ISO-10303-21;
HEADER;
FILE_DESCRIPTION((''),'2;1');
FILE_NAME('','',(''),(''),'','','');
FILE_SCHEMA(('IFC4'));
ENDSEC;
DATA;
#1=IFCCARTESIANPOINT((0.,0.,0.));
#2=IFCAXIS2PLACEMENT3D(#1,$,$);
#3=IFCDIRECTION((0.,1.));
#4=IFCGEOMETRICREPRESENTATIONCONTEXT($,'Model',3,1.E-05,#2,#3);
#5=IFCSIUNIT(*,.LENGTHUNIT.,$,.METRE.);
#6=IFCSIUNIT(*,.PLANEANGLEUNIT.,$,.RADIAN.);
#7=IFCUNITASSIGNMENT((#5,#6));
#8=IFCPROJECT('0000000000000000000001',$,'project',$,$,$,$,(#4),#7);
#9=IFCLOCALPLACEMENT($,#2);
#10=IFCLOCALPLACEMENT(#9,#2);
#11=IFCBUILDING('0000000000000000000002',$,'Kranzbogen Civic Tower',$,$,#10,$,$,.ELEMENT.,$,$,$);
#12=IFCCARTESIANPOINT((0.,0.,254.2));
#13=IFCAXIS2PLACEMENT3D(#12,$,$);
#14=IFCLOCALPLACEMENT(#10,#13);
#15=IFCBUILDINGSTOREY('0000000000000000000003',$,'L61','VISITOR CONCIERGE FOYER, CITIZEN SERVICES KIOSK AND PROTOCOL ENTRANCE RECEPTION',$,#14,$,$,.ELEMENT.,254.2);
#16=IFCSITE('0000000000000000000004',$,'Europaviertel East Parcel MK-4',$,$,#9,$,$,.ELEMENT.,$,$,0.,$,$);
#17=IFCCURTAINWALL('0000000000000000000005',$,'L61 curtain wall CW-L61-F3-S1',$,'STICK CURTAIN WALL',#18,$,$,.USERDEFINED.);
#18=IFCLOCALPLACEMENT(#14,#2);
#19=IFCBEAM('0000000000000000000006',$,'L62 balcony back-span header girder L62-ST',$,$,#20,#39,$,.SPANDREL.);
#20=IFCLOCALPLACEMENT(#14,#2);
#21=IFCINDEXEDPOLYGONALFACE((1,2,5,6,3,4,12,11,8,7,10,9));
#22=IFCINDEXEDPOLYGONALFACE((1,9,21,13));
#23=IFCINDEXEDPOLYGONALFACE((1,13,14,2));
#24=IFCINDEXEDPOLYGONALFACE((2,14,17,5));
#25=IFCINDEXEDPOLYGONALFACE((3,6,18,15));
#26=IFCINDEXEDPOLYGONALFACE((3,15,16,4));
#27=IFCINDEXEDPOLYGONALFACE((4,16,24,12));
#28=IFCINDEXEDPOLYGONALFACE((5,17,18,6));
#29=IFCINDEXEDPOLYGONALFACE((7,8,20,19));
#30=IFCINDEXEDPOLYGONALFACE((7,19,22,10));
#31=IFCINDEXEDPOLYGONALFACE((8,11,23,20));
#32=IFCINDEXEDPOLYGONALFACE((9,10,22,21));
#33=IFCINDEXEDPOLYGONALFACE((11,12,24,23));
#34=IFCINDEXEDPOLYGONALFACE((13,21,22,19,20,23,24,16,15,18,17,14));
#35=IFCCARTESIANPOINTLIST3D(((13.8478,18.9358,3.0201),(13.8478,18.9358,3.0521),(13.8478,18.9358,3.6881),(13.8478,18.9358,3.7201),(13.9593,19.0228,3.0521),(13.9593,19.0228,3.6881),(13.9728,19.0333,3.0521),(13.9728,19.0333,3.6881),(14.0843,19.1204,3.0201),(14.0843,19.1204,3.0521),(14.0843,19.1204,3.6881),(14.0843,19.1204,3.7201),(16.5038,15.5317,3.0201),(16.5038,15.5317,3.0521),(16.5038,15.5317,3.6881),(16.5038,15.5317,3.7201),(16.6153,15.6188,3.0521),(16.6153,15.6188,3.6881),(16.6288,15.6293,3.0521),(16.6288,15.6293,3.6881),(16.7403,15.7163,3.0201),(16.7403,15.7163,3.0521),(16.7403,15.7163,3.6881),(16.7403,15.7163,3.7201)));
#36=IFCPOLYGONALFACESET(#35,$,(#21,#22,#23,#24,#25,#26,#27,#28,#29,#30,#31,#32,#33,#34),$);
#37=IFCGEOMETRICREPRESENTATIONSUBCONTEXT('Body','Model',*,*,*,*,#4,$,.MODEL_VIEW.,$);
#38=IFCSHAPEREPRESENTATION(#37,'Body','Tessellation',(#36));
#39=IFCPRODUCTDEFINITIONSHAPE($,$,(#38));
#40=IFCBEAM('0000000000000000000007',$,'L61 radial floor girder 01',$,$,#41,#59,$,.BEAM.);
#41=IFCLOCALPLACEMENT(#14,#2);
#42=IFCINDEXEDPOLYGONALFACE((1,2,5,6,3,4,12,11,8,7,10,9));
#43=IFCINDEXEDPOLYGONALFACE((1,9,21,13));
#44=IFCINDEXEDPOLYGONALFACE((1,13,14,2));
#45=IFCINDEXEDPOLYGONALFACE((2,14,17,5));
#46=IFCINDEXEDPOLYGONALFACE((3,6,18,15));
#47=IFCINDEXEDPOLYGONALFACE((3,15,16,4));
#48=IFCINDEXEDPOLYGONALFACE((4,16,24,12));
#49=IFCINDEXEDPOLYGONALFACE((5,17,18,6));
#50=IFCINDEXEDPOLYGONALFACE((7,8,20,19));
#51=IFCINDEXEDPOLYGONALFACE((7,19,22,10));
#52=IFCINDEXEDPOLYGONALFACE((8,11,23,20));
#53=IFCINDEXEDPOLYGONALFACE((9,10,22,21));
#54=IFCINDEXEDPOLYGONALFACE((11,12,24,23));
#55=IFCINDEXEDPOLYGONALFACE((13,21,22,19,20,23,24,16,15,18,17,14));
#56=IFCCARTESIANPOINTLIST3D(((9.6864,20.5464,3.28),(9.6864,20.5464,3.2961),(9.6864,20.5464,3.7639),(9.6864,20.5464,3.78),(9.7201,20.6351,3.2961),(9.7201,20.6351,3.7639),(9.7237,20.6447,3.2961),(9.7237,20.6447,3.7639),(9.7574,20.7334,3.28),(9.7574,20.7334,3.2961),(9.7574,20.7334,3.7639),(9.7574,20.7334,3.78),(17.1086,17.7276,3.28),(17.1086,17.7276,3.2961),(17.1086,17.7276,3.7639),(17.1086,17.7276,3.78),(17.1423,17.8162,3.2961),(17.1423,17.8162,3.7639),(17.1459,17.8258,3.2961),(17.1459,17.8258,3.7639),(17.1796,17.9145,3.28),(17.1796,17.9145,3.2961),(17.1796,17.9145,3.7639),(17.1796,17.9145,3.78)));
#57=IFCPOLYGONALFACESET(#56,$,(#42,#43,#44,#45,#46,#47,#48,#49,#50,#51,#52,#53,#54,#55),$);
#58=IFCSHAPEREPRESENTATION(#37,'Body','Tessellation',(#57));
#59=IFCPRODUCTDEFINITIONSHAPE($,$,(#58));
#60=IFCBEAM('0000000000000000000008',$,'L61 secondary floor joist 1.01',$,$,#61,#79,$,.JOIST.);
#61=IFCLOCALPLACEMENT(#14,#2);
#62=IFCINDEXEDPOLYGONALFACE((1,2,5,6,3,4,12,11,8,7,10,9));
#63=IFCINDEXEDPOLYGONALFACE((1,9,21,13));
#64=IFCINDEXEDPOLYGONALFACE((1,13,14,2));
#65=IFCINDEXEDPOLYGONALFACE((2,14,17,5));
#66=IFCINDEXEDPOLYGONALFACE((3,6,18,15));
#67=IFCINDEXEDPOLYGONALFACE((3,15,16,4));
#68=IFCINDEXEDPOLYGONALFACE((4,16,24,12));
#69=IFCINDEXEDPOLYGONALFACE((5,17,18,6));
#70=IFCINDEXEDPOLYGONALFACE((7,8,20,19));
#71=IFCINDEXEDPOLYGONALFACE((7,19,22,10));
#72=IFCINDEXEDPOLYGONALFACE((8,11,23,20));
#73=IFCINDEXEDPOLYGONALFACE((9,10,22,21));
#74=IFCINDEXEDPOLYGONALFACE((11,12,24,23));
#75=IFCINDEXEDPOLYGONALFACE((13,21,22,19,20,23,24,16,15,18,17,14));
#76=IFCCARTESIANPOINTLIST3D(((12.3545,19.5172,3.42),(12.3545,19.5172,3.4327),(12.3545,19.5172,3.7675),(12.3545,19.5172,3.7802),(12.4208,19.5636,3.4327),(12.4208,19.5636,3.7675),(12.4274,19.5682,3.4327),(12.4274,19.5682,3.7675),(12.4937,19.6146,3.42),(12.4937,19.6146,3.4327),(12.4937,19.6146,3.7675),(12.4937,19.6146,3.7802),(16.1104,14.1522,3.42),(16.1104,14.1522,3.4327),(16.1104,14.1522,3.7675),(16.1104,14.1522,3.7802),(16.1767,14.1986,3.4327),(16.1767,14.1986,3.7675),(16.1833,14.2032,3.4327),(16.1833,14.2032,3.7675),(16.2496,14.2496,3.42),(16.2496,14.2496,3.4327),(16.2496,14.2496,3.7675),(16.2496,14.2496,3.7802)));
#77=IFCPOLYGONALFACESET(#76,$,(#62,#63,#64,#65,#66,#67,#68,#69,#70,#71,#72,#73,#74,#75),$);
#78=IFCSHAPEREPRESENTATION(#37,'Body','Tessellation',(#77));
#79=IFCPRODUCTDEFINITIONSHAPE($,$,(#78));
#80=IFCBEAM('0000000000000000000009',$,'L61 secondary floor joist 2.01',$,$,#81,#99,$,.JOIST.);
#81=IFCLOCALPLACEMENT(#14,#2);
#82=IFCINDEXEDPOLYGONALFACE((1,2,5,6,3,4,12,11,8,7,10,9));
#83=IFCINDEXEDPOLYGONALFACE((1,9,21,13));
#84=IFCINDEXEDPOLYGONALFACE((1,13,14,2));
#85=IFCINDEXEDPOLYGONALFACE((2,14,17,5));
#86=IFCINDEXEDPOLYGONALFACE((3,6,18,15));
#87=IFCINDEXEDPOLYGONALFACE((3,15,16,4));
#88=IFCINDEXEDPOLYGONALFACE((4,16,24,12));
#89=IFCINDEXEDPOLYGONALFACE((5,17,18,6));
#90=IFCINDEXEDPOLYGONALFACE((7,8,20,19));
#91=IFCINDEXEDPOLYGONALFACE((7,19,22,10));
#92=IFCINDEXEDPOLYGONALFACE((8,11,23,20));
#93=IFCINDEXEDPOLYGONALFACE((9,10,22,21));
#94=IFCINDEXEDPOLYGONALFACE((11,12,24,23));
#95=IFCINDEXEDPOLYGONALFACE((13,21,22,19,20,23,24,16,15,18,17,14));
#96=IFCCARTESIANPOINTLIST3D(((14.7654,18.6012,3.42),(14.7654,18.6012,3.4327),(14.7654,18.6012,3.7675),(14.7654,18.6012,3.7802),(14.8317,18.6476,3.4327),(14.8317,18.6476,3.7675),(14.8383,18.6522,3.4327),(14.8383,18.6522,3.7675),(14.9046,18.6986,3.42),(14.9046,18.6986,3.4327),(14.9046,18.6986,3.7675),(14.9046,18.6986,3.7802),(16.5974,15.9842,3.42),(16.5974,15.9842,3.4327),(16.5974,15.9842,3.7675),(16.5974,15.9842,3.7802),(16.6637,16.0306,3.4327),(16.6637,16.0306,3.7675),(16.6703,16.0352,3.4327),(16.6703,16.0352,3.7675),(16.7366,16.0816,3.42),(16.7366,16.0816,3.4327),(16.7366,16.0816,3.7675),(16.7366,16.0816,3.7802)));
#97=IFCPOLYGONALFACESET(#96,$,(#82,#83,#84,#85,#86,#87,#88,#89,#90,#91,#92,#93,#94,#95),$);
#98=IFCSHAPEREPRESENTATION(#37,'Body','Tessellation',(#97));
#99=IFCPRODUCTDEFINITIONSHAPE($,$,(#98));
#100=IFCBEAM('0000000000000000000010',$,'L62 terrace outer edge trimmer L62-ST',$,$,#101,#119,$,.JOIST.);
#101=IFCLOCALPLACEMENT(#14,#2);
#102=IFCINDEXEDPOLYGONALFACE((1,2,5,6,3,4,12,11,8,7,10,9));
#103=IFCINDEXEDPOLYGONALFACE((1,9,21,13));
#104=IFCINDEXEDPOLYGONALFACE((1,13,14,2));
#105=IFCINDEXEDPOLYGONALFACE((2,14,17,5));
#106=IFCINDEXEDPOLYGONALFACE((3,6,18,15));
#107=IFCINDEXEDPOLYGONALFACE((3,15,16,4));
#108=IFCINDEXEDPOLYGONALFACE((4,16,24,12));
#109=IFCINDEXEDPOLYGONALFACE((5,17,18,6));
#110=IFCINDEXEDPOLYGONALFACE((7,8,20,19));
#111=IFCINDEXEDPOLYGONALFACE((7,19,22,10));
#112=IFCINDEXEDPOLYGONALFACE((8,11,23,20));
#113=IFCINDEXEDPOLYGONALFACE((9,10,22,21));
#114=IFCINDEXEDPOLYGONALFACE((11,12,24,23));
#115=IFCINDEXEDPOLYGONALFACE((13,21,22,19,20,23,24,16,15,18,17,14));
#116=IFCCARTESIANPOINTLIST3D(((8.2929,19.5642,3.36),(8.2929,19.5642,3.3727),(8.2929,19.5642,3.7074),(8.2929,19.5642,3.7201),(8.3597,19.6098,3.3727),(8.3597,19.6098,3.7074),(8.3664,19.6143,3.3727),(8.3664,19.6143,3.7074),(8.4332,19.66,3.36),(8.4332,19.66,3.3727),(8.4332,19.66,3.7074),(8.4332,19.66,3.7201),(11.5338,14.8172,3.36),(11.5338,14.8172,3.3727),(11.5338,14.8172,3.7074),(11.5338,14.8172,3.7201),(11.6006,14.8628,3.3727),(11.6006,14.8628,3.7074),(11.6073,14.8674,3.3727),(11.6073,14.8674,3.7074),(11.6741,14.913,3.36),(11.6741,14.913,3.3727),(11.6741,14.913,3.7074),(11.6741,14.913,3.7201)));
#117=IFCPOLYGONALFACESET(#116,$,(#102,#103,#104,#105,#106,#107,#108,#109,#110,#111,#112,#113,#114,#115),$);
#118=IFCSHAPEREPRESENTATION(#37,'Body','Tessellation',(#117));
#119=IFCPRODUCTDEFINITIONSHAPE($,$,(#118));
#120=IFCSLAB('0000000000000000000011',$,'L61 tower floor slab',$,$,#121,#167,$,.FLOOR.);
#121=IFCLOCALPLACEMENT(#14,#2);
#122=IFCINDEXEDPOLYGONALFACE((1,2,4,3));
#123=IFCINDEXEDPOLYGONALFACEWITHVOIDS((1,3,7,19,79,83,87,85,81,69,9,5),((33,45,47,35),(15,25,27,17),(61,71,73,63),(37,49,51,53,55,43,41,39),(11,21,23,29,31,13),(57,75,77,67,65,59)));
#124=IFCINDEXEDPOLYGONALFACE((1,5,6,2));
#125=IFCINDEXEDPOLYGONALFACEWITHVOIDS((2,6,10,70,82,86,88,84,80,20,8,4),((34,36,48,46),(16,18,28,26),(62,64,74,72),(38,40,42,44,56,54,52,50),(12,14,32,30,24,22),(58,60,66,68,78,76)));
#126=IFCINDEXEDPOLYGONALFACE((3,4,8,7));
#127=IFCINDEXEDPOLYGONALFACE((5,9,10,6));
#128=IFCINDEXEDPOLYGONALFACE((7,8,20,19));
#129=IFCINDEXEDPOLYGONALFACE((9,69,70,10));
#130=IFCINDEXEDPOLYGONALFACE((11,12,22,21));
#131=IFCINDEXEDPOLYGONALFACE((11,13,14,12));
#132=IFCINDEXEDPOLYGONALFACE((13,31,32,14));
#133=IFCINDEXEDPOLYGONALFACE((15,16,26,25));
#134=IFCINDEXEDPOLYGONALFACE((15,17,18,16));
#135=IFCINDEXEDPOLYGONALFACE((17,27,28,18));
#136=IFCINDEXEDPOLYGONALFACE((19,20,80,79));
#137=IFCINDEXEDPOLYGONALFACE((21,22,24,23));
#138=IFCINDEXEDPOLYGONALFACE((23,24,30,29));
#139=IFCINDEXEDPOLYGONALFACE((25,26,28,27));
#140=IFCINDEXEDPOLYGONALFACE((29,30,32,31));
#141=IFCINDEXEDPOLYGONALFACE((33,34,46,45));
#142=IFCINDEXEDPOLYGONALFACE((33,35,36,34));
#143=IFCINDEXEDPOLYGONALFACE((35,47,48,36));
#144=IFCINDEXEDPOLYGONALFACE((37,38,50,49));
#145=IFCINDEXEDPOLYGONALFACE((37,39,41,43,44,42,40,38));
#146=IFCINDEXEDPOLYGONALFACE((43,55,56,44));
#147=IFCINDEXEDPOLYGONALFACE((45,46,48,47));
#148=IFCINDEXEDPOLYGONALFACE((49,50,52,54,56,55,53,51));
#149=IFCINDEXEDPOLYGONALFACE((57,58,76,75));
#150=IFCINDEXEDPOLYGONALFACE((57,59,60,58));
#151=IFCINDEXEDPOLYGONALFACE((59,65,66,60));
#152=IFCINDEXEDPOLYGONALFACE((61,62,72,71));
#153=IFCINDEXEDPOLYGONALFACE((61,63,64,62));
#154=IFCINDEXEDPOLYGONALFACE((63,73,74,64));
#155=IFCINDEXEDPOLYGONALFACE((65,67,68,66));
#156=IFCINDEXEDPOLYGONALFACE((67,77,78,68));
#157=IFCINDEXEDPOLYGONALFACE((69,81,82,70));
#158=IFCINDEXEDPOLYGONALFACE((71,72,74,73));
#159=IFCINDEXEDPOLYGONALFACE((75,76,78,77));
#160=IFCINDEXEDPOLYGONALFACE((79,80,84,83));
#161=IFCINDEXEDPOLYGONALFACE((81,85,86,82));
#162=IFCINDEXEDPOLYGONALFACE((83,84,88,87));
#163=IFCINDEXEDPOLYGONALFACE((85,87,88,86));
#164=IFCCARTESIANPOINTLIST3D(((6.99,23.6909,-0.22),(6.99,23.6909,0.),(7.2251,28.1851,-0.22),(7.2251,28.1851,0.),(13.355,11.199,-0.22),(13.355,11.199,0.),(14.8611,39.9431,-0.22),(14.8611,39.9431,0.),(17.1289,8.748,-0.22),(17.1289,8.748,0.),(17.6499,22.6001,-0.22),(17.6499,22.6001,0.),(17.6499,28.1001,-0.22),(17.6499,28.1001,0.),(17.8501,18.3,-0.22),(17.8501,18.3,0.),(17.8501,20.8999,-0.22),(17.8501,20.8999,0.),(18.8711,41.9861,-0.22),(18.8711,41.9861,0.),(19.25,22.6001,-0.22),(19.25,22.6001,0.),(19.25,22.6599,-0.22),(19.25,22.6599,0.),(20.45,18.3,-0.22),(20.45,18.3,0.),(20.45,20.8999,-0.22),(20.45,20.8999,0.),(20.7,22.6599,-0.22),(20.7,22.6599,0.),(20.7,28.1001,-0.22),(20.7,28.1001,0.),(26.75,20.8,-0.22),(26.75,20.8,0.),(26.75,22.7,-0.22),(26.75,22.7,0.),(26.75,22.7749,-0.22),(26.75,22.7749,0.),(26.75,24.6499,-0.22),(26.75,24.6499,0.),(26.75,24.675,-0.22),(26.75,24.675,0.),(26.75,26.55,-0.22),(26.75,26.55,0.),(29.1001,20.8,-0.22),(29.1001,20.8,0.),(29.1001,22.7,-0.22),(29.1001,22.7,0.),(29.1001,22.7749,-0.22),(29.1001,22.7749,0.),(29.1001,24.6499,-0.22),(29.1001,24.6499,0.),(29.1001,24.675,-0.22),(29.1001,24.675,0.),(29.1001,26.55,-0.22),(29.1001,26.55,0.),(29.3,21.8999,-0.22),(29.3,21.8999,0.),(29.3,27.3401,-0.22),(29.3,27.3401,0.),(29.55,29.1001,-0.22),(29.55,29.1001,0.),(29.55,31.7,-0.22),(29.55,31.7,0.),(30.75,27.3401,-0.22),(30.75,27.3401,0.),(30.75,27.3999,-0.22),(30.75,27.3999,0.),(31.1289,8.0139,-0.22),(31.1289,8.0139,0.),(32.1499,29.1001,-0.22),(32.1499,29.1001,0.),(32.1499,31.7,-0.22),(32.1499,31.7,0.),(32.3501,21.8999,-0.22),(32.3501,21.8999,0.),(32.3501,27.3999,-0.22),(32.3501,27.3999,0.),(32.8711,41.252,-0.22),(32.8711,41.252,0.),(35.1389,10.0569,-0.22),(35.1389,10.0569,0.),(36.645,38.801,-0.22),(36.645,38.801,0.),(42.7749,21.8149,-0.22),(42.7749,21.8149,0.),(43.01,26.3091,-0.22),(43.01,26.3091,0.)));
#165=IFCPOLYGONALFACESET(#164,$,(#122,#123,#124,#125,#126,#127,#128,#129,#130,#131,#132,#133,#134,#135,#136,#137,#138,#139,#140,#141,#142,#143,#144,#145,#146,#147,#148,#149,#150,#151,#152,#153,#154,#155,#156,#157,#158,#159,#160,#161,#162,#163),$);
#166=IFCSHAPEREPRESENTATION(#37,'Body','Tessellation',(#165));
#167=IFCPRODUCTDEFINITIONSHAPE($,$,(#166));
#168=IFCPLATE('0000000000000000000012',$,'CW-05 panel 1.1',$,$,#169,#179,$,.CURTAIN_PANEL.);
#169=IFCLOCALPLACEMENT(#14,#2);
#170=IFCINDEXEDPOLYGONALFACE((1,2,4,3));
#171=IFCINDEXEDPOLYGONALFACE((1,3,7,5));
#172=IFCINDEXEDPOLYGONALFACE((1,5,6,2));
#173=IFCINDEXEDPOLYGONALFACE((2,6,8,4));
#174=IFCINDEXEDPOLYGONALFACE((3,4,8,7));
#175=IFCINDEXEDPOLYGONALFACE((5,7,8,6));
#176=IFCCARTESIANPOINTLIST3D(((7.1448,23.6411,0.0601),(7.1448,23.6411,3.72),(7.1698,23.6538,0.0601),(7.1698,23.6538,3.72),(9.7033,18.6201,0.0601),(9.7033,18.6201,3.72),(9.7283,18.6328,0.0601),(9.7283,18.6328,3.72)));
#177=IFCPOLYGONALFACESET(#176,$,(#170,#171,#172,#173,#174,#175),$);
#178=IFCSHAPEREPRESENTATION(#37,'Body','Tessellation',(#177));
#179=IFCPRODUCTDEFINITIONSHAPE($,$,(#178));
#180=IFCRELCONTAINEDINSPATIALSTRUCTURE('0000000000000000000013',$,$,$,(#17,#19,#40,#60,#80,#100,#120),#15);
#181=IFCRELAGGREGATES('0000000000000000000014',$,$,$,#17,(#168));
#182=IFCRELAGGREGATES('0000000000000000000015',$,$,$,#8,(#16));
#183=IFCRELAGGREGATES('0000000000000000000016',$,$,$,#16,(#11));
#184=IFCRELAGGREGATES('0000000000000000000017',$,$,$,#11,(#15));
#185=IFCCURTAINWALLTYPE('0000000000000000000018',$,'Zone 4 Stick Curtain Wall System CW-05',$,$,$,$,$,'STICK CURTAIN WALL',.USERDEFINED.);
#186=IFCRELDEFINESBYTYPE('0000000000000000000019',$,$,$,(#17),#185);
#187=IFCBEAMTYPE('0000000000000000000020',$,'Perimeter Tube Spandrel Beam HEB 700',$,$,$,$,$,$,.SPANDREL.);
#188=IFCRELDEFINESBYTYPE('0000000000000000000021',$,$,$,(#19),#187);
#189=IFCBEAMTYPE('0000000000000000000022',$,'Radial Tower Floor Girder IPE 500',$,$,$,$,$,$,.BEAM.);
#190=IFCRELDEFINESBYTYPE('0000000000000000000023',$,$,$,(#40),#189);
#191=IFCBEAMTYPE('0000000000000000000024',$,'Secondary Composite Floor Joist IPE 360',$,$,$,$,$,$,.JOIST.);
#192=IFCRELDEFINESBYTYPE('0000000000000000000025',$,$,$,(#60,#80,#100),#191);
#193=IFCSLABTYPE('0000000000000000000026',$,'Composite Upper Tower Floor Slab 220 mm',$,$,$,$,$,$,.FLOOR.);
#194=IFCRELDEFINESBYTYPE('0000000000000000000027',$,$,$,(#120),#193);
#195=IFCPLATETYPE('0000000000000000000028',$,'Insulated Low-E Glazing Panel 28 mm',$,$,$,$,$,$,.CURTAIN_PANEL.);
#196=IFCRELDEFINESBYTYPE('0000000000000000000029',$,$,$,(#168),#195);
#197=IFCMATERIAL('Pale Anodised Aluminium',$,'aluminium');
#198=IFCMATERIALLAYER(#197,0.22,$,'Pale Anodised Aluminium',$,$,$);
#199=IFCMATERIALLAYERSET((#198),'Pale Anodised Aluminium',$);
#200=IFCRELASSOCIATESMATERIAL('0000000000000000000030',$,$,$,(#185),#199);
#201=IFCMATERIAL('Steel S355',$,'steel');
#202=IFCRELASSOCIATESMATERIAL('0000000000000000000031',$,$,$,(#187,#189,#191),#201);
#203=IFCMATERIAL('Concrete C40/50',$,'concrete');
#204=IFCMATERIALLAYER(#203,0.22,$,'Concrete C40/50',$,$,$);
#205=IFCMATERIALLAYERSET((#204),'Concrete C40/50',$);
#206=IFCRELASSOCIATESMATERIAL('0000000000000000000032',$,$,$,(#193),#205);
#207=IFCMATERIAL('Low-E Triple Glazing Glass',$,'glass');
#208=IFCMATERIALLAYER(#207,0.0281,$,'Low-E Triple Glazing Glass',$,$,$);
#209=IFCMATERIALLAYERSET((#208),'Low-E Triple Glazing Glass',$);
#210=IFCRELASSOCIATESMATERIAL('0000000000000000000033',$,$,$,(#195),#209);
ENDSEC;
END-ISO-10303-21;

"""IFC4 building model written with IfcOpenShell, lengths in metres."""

from ifc_helpers import new_model, si_unit, direction, frame, origin, origin_2d, place, context, subcontext, project, spatial, polyline, rectangle, i_section, outline, extrude, material, layer, layer_set, material_profile, profile_set, type_object, element, aggregate, save


model = new_model("IFC4")

# Units and contexts
model_context = context("Model", 3, precision=1e-05, world=origin(), true_north=direction((0.0, 1.0)))
body_context = subcontext(model_context, "Body", "Model", "MODEL_VIEW")
ifc_project = project(units=[si_unit("LENGTHUNIT", "METRE"), si_unit("PLANEANGLEUNIT", "RADIAN")], contexts=[model_context])

# Site, building, storey
site_placement = place(None, origin())
site = spatial("IfcSite", under=ifc_project, at=site_placement, Name="Europaviertel East Parcel MK-4", CompositionType="ELEMENT", RefElevation=0.0)
building_placement = place(site_placement, origin())
building = spatial("IfcBuilding", under=site, at=building_placement, Name="Kranzbogen Civic Tower", CompositionType="ELEMENT")
storey_placement = place(building_placement, frame((0.0, 0.0, 254.2)))
storey = spatial("IfcBuildingStorey", under=building, at=storey_placement, Name="L61", Description="VISITOR CONCIERGE FOYER, CITIZEN SERVICES KIOSK AND PROTOCOL ENTRANCE RECEPTION", CompositionType="ELEMENT", Elevation=254.2)

# Shared definitions
ifc_material_1 = material(Name="Steel S355", Category="steel")

# Curtain wall
ifc_material_2 = material(Name="Pale Anodised Aluminium", Category="aluminium")
ifc_layer_1 = layer(ifc_material_2, 0.22, Name="Pale Anodised Aluminium")
ifc_layer_set_1 = layer_set([ifc_layer_1], Name="Pale Anodised Aluminium")
curtain_wall_type = type_object("IfcCurtainWallType", Name="Zone 4 Stick Curtain Wall System CW-05", ElementType="STICK CURTAIN WALL", PredefinedType="USERDEFINED", material=ifc_layer_set_1)
curtain_wall_1_placement = place(storey_placement, origin())
curtain_wall_1 = element("IfcCurtainWall", 1, at=curtain_wall_1_placement, inside=storey, type_object=curtain_wall_type, Name="L61 curtain wall CW-L61-F3-S1", ObjectType="STICK CURTAIN WALL", PredefinedType="USERDEFINED")

# Beams
ifc_material_profile_1 = material_profile(ifc_material_1, i_section(OverallWidth=0.3, OverallDepth=0.7, WebThickness=0.0171, FlangeThickness=0.032, at=origin_2d()), Name="HEB 700")
ifc_profile_set_1 = profile_set([ifc_material_profile_1], Name="Steel S355")
beam_type_1 = type_object("IfcBeamType", Name="Perimeter Tube Spandrel Beam HEB 700", PredefinedType="SPANDREL", material=ifc_profile_set_1)
beam_1_placement = place(storey_placement, frame((13.9661, 19.0281, 3.3701), z_axis=(0.615153, -0.788407, 0.0), x_axis=(0.788407, 0.615153, 0.0)))
element("IfcBeam", 2, at=beam_1_placement, inside=storey, type_object=beam_type_1, Name="L62 balcony back-span header girder L62-ST", PredefinedType="SPANDREL", context=body_context, shape_type="SweptSolid", body=[
    extrude(i_section(OverallWidth=0.3, OverallDepth=0.7, WebThickness=0.0171, FlangeThickness=0.032, at=origin_2d()), origin(), (0.0, 0.0, 1.0), 4.3176),
])
ifc_material_profile_2 = material_profile(ifc_material_1, i_section(OverallWidth=0.2, OverallDepth=0.5, WebThickness=0.0103, FlangeThickness=0.0161, at=origin_2d()), Name="IPE 500")
ifc_profile_set_2 = profile_set([ifc_material_profile_2], Name="Steel S355")
beam_type_2 = type_object("IfcBeamType", Name="Radial Tower Floor Girder IPE 500", PredefinedType="BEAM", material=ifc_profile_set_2)
beam_2_placement = place(storey_placement, frame((9.7219, 20.6399, 3.53), z_axis=(0.934849, -0.355046, 0.0), x_axis=(0.355046, 0.934849, 0.0)))
element("IfcBeam", 3, at=beam_2_placement, inside=storey, type_object=beam_type_2, Name="L61 radial floor girder 01", PredefinedType="BEAM", context=body_context, shape_type="SweptSolid", body=[
    extrude(i_section(OverallWidth=0.2, OverallDepth=0.5, WebThickness=0.0103, FlangeThickness=0.0161, at=origin_2d()), origin(), (0.0, 0.0, 1.0), 7.9395),
])
ifc_material_profile_3 = material_profile(ifc_material_1, i_section(OverallWidth=0.1699, OverallDepth=0.3601, WebThickness=0.0081, FlangeThickness=0.0127, at=origin_2d()), Name="IPE 360")
ifc_profile_set_3 = profile_set([ifc_material_profile_3], Name="Steel S355")
beam_type_3 = type_object("IfcBeamType", Name="Secondary Composite Floor Joist IPE 360", PredefinedType="JOIST", material=ifc_profile_set_3)
beam_3_placement = place(storey_placement, frame((12.4241, 19.5659, 3.6001), z_axis=(0.5735, -0.819206, 0.0), x_axis=(0.819206, 0.5735, 0.0)))
element("IfcBeam", 4, at=beam_3_placement, inside=storey, type_object=beam_type_3, Name="L61 secondary floor joist 1.01", PredefinedType="JOIST", context=body_context, shape_type="SweptSolid", body=[
    extrude(i_section(OverallWidth=0.1699, OverallDepth=0.3601, WebThickness=0.0081, FlangeThickness=0.0127, at=origin_2d()), origin(), (0.0, 0.0, 1.0), 6.5491),
])
beam_4_placement = place(storey_placement, frame((14.835, 18.6499, 3.6001), z_axis=(0.573498, -0.819207, 0.0), x_axis=(0.819207, 0.573498, 0.0)))
element("IfcBeam", 5, at=beam_4_placement, inside=storey, type_object=beam_type_3, Name="L61 secondary floor joist 2.01", PredefinedType="JOIST", context=body_context, shape_type="SweptSolid", body=[
    extrude(i_section(OverallWidth=0.1699, OverallDepth=0.3601, WebThickness=0.0081, FlangeThickness=0.0127, at=origin_2d()), origin(), (0.0, 0.0, 1.0), 3.1946),
])
beam_5_placement = place(storey_placement, frame((8.363, 19.6121, 3.54), z_axis=(0.563851, -0.825877, 0.0), x_axis=(0.825877, 0.563851, 0.0)))
element("IfcBeam", 6, at=beam_5_placement, inside=storey, type_object=beam_type_3, Name="L62 terrace outer edge trimmer L62-ST", PredefinedType="JOIST", context=body_context, shape_type="SweptSolid", body=[
    extrude(i_section(OverallWidth=0.1699, OverallDepth=0.3601, WebThickness=0.0081, FlangeThickness=0.0127, at=origin_2d()), origin(), (0.0, 0.0, 1.0), 5.7478),
])

# Slab
ifc_material_3 = material(Name="Concrete C40/50", Category="concrete")
ifc_layer_2 = layer(ifc_material_3, 0.22, Name="Concrete C40/50")
ifc_layer_set_2 = layer_set([ifc_layer_2], Name="Concrete C40/50")
slab_type_1 = type_object("IfcSlabType", Name="Composite Upper Tower Floor Slab 220 mm", PredefinedType="FLOOR", material=ifc_layer_set_2)
slab_1_placement = place(storey_placement, frame((0.0, 0.0, -0.22)))
element("IfcSlab", 7, at=slab_1_placement, inside=storey, type_object=slab_type_1, Name="L61 tower floor slab", PredefinedType="FLOOR", context=body_context, shape_type="SweptSolid", body=[
    extrude(outline(polyline([(32.8711, 41.252), (18.8711, 41.9861), (14.8611, 39.9431), (7.2251, 28.1851), (6.99, 23.6909), (13.355, 11.199), (17.1289, 8.748), (31.1289, 8.0139), (35.1389, 10.0569), (42.7749, 21.8149), (43.01, 26.3091), (36.645, 38.801), (32.8711, 41.252)]), holes=[polyline([(17.8501, 20.8999), (20.45, 20.8999), (20.45, 18.3), (17.8501, 18.3), (17.8501, 20.8999)]), polyline([(29.1001, 22.7), (29.1001, 20.8), (26.75, 20.8), (26.75, 22.7), (29.1001, 22.7)]), polyline([(29.1001, 24.6499), (29.1001, 22.7749), (26.75, 22.7749), (26.75, 24.6499), (26.75, 24.675), (26.75, 26.55), (29.1001, 26.55), (29.1001, 24.675), (29.1001, 24.6499)]), polyline([(29.3, 27.3401), (30.75, 27.3401), (30.75, 27.3999), (32.3501, 27.3999), (32.3501, 21.8999), (29.3, 21.8999), (29.3, 27.3401)]), polyline([(20.7, 22.6599), (19.25, 22.6599), (19.25, 22.6001), (17.6499, 22.6001), (17.6499, 28.1001), (20.7, 28.1001), (20.7, 22.6599)]), polyline([(32.1499, 31.7), (32.1499, 29.1001), (29.55, 29.1001), (29.55, 31.7), (32.1499, 31.7)])]), origin(), (0.0, 0.0, 1.0), 0.22),
])

# Plate
ifc_material_4 = material(Name="Low-E Triple Glazing Glass", Category="glass")
ifc_layer_3 = layer(ifc_material_4, 0.0281, Name="Low-E Triple Glazing Glass")
ifc_layer_set_3 = layer_set([ifc_layer_3], Name="Low-E Triple Glazing Glass")
plate_type = type_object("IfcPlateType", Name="Insulated Low-E Glazing Panel 28 mm", PredefinedType="CURTAIN_PANEL", material=ifc_layer_set_3)
plate_1_placement = place(storey_placement, frame((8.4365, 21.137, 0.0601), z_axis=(0.0, 0.0, 1.0), x_axis=(0.454012, -0.890996, 0.0)))
plate_1 = element("IfcPlate", 8, at=plate_1_placement, type_object=plate_type, Name="CW-05 panel 1.1", PredefinedType="CURTAIN_PANEL", context=body_context, shape_type="SweptSolid", body=[
    extrude(rectangle(XDim=5.6353, YDim=0.0281, at=origin_2d()), origin(), (0.0, 0.0, 1.0), 3.6599),
])
aggregate(curtain_wall_1, [plate_1])

save(model, "model.ifc")
